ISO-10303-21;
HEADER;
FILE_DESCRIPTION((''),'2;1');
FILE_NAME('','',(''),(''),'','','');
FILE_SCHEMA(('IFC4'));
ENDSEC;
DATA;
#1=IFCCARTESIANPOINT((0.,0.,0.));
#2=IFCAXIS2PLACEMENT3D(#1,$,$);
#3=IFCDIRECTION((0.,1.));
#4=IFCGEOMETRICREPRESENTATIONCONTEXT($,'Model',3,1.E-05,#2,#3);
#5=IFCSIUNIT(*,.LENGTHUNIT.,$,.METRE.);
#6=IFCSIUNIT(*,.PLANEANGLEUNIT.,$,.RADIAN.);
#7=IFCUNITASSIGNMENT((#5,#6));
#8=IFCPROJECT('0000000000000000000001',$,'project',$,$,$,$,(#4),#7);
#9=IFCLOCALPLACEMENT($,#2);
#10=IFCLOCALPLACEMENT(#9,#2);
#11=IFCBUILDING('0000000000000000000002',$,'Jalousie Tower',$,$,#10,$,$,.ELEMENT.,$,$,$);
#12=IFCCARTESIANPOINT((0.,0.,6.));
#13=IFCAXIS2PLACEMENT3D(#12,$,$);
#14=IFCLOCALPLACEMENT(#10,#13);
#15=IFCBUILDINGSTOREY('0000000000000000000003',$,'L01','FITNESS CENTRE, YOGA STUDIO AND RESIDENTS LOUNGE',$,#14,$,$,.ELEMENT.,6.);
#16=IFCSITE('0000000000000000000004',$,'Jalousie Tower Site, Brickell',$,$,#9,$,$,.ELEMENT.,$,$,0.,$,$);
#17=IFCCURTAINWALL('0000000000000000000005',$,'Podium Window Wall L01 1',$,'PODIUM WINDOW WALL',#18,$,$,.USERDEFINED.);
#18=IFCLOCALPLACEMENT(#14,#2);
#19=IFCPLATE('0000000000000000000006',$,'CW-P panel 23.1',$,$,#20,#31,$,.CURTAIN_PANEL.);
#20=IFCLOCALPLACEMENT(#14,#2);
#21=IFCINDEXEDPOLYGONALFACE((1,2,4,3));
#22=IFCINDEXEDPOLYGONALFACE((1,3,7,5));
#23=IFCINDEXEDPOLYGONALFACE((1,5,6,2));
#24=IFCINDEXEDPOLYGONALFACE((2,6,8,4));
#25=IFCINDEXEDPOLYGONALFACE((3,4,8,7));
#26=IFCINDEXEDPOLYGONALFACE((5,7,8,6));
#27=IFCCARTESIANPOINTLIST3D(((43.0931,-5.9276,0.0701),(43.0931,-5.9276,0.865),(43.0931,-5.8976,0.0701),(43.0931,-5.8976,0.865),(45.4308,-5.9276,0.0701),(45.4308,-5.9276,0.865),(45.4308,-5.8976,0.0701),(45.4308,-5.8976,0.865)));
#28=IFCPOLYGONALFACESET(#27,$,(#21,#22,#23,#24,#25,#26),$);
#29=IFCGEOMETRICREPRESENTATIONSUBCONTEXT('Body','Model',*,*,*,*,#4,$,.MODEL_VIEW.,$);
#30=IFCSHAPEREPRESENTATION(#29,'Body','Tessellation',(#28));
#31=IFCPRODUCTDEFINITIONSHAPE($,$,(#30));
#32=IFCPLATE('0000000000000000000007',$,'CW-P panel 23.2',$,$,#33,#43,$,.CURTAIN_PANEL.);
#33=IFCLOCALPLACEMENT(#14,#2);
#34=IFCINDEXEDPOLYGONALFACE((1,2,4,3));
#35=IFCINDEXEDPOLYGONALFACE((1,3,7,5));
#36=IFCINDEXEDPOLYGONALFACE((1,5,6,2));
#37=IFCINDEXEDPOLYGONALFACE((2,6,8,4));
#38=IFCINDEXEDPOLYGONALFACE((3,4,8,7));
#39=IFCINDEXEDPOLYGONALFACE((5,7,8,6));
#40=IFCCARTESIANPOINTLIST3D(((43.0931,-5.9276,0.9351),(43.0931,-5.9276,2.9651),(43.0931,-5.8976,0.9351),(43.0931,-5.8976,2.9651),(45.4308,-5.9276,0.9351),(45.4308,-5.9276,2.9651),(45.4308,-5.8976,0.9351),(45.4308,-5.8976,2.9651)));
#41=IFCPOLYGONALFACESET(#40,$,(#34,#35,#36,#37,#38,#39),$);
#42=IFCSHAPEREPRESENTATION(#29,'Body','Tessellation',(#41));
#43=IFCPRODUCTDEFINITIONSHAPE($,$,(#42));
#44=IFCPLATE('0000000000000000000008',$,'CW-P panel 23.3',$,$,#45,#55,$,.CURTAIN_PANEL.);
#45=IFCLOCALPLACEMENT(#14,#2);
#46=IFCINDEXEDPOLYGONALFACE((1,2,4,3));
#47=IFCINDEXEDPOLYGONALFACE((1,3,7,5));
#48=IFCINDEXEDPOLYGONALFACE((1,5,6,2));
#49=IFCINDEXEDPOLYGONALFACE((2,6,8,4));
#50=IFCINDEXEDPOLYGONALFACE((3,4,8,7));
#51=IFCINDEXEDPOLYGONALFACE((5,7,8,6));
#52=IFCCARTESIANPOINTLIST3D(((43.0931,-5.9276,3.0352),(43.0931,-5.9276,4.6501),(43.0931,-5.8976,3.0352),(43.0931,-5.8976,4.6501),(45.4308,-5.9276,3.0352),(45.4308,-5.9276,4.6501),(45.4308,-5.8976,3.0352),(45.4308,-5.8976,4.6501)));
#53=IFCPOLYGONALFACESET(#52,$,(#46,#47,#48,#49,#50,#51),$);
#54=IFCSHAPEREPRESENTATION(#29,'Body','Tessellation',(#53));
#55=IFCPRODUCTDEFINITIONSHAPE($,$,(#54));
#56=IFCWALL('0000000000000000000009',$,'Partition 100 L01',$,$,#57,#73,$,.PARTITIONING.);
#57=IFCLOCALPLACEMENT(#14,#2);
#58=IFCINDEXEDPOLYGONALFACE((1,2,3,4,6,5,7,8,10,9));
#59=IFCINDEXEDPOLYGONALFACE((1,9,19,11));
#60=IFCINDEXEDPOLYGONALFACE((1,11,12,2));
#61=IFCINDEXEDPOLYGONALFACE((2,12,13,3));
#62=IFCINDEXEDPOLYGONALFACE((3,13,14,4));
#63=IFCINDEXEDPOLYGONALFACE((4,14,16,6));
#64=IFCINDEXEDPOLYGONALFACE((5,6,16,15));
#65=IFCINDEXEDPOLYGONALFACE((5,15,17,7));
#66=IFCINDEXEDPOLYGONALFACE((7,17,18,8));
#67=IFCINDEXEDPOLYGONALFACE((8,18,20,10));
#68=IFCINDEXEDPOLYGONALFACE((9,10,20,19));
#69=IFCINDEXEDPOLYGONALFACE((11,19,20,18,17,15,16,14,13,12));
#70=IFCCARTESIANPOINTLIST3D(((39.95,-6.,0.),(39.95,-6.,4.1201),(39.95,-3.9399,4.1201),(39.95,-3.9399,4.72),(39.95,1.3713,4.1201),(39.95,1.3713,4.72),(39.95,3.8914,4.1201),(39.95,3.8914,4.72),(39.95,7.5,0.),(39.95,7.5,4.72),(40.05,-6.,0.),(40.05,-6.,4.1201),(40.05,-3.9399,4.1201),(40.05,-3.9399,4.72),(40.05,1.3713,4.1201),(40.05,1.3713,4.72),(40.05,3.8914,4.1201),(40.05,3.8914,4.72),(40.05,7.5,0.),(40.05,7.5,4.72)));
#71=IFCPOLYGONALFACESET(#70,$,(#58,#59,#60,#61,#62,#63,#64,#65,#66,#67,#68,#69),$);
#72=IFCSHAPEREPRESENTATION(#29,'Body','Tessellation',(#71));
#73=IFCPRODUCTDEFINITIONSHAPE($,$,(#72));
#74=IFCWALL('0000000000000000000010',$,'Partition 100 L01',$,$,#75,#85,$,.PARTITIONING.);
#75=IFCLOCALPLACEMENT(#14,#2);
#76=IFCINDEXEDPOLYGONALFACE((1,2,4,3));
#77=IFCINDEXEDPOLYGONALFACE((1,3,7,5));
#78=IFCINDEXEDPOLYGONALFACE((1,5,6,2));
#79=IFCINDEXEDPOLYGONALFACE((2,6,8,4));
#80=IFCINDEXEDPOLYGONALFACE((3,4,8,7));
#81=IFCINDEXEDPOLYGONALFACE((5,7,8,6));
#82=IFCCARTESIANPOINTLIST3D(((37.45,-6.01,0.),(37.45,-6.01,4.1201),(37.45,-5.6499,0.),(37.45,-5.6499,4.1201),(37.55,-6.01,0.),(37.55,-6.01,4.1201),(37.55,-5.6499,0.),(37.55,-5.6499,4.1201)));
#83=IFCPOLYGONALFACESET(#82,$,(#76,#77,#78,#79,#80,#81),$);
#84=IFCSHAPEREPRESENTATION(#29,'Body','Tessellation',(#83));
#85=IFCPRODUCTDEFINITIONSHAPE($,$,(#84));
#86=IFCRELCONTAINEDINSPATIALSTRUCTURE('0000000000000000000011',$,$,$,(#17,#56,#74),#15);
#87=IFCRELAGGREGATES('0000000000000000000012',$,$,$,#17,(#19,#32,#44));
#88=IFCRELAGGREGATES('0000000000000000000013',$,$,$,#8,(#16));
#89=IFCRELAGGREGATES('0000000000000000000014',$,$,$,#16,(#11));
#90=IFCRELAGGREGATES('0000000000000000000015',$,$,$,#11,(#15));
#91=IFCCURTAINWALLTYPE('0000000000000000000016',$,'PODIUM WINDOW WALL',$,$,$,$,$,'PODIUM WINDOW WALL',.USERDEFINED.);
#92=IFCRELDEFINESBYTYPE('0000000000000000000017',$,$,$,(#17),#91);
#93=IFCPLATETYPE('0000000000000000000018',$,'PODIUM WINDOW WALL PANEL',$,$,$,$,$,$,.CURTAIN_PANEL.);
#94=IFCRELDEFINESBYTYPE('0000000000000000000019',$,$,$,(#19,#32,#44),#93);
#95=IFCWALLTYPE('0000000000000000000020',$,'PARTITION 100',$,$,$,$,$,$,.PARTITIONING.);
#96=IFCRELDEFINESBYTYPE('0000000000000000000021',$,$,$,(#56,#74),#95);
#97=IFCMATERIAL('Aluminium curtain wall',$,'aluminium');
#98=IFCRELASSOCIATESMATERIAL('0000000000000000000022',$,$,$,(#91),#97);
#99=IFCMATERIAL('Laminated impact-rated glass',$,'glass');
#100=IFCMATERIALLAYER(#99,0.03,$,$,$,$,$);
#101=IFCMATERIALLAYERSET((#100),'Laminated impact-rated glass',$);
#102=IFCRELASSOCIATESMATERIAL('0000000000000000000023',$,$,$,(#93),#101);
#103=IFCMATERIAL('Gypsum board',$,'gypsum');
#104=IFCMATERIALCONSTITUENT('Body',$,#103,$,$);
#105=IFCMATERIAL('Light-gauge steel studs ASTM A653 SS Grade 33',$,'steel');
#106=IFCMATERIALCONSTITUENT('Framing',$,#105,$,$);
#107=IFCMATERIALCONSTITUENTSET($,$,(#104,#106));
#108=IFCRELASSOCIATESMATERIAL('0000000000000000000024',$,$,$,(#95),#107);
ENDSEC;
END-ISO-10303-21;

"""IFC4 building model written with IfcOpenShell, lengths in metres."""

from ifc_helpers import new_model, si_unit, direction, frame, origin, origin_2d, place, context, subcontext, project, spatial, polyline, rectangle, outline, extrude, material, layer, layer_set, constituent, constituent_set, type_object, element, aggregate, save


model = new_model("IFC4")

# Units and contexts
model_context = context("Model", 3, precision=1e-05, world=origin(), true_north=direction((0.0, 1.0)))
body_context = subcontext(model_context, "Body", "Model", "MODEL_VIEW")
ifc_project = project(units=[si_unit("LENGTHUNIT", "METRE"), si_unit("PLANEANGLEUNIT", "RADIAN")], contexts=[model_context])

# Site, building, storey
site_placement = place(None, origin())
site = spatial("IfcSite", under=ifc_project, at=site_placement, Name="Jalousie Tower Site, Brickell", CompositionType="ELEMENT", RefElevation=0.0)
building_placement = place(site_placement, origin())
building = spatial("IfcBuilding", under=site, at=building_placement, Name="Jalousie Tower", CompositionType="ELEMENT")
storey_placement = place(building_placement, frame((0.0, 0.0, 6.0)))
storey = spatial("IfcBuildingStorey", under=building, at=storey_placement, Name="L01", Description="FITNESS CENTRE, YOGA STUDIO AND RESIDENTS LOUNGE", CompositionType="ELEMENT", Elevation=6.0)

# Curtain wall, plates
ifc_material_1 = material(Name="Aluminium curtain wall", Category="aluminium")
curtain_wall_type = type_object("IfcCurtainWallType", Name="PODIUM WINDOW WALL", ElementType="PODIUM WINDOW WALL", PredefinedType="USERDEFINED", material=ifc_material_1)
curtain_wall_placement = place(storey_placement, origin())
curtain_wall = element("IfcCurtainWall", 1, at=curtain_wall_placement, inside=storey, type_object=curtain_wall_type, Name="Podium Window Wall L01 1", ObjectType="PODIUM WINDOW WALL", PredefinedType="USERDEFINED")
ifc_material_2 = material(Name="Laminated impact-rated glass", Category="glass")
ifc_layer = layer(ifc_material_2, 0.03)
ifc_layer_set = layer_set([ifc_layer], Name="Laminated impact-rated glass")
plate_type = type_object("IfcPlateType", Name="PODIUM WINDOW WALL PANEL", PredefinedType="CURTAIN_PANEL", material=ifc_layer_set)
plate_1_placement = place(storey_placement, frame((44.262, -5.9126, 0.0701), z_axis=(0.0, 0.0, 1.0), x_axis=(1.0, 0.0, 0.0)))
plate_1 = element("IfcPlate", 2, at=plate_1_placement, type_object=plate_type, Name="CW-P panel 23.1", PredefinedType="CURTAIN_PANEL", context=body_context, shape_type="SweptSolid", body=[
    extrude(rectangle(XDim=2.3376, YDim=0.03, at=origin_2d()), origin(), (0.0, 0.0, 1.0), 0.7949),
])
plate_2_placement = place(storey_placement, frame((44.262, -5.9126, 0.9351), z_axis=(0.0, 0.0, 1.0), x_axis=(1.0, 0.0, 0.0)))
plate_2 = element("IfcPlate", 3, at=plate_2_placement, type_object=plate_type, Name="CW-P panel 23.2", PredefinedType="CURTAIN_PANEL", context=body_context, shape_type="SweptSolid", body=[
    extrude(rectangle(XDim=2.3376, YDim=0.03, at=origin_2d()), origin(), (0.0, 0.0, 1.0), 2.03),
])
plate_3_placement = place(storey_placement, frame((44.262, -5.9126, 3.0352), z_axis=(0.0, 0.0, 1.0), x_axis=(1.0, 0.0, 0.0)))
plate_3 = element("IfcPlate", 4, at=plate_3_placement, type_object=plate_type, Name="CW-P panel 23.3", PredefinedType="CURTAIN_PANEL", context=body_context, shape_type="SweptSolid", body=[
    extrude(rectangle(XDim=2.3376, YDim=0.03, at=origin_2d()), origin(), (0.0, 0.0, 1.0), 1.615),
])
aggregate(curtain_wall, [plate_1, plate_2, plate_3])

# Walls
ifc_material_3 = material(Name="Gypsum board", Category="gypsum")
ifc_constituent_1 = constituent(ifc_material_3, Name="Body")
ifc_material_4 = material(Name="Light-gauge steel studs ASTM A653 SS Grade 33", Category="steel")
ifc_constituent_2 = constituent(ifc_material_4, Name="Framing")
ifc_constituent_set = constituent_set(constituents=[ifc_constituent_1, ifc_constituent_2])
wall_type = type_object("IfcWallType", Name="PARTITION 100", PredefinedType="PARTITIONING", material=ifc_constituent_set)
wall_1_placement = place(storey_placement, frame((40.0, -6.0, 0.0), z_axis=(0.0, 0.0, 1.0), x_axis=(0.0, 1.0, 0.0)))
element("IfcWall", 5, at=wall_1_placement, inside=storey, type_object=wall_type, Name="Partition 100 L01", PredefinedType="PARTITIONING", context=body_context, shape_type="SweptSolid", body=[
    extrude(outline(polyline([(0.0, 0.0), (13.5, 0.0), (13.5, 4.72), (9.8914, 4.72), (9.8914, 4.1201), (7.3713, 4.1201), (7.3713, 4.72), (2.0601, 4.72), (2.0601, 4.1201), (0.0, 4.1201), (0.0, 4.72), (0.0, 0.0)])), frame((0.0, 0.05, 0.0), z_axis=(0.0, -1.0, 0.0), x_axis=(1.0, 0.0, 0.0)), (0.0, 0.0, 1.0), 0.1001),
])
wall_2_placement = place(storey_placement, frame((37.5, -6.01, 0.0), z_axis=(0.0, 0.0, 1.0), x_axis=(0.0, 1.0, 0.0)))
element("IfcWall", 6, at=wall_2_placement, inside=storey, type_object=wall_type, Name="Partition 100 L01", PredefinedType="PARTITIONING", context=body_context, shape_type="SweptSolid", body=[
    extrude(outline(polyline([(0.0, 0.0), (0.3601, 0.0), (0.3601, 4.72), (0.3601, 4.1201), (0.0, 4.1201), (0.0, 4.72), (0.0, 0.0)])), frame((0.0, 0.05, 0.0), z_axis=(0.0, -1.0, 0.0), x_axis=(1.0, 0.0, 0.0)), (0.0, 0.0, 1.0), 0.1001),
])

save(model, "model.ifc")
